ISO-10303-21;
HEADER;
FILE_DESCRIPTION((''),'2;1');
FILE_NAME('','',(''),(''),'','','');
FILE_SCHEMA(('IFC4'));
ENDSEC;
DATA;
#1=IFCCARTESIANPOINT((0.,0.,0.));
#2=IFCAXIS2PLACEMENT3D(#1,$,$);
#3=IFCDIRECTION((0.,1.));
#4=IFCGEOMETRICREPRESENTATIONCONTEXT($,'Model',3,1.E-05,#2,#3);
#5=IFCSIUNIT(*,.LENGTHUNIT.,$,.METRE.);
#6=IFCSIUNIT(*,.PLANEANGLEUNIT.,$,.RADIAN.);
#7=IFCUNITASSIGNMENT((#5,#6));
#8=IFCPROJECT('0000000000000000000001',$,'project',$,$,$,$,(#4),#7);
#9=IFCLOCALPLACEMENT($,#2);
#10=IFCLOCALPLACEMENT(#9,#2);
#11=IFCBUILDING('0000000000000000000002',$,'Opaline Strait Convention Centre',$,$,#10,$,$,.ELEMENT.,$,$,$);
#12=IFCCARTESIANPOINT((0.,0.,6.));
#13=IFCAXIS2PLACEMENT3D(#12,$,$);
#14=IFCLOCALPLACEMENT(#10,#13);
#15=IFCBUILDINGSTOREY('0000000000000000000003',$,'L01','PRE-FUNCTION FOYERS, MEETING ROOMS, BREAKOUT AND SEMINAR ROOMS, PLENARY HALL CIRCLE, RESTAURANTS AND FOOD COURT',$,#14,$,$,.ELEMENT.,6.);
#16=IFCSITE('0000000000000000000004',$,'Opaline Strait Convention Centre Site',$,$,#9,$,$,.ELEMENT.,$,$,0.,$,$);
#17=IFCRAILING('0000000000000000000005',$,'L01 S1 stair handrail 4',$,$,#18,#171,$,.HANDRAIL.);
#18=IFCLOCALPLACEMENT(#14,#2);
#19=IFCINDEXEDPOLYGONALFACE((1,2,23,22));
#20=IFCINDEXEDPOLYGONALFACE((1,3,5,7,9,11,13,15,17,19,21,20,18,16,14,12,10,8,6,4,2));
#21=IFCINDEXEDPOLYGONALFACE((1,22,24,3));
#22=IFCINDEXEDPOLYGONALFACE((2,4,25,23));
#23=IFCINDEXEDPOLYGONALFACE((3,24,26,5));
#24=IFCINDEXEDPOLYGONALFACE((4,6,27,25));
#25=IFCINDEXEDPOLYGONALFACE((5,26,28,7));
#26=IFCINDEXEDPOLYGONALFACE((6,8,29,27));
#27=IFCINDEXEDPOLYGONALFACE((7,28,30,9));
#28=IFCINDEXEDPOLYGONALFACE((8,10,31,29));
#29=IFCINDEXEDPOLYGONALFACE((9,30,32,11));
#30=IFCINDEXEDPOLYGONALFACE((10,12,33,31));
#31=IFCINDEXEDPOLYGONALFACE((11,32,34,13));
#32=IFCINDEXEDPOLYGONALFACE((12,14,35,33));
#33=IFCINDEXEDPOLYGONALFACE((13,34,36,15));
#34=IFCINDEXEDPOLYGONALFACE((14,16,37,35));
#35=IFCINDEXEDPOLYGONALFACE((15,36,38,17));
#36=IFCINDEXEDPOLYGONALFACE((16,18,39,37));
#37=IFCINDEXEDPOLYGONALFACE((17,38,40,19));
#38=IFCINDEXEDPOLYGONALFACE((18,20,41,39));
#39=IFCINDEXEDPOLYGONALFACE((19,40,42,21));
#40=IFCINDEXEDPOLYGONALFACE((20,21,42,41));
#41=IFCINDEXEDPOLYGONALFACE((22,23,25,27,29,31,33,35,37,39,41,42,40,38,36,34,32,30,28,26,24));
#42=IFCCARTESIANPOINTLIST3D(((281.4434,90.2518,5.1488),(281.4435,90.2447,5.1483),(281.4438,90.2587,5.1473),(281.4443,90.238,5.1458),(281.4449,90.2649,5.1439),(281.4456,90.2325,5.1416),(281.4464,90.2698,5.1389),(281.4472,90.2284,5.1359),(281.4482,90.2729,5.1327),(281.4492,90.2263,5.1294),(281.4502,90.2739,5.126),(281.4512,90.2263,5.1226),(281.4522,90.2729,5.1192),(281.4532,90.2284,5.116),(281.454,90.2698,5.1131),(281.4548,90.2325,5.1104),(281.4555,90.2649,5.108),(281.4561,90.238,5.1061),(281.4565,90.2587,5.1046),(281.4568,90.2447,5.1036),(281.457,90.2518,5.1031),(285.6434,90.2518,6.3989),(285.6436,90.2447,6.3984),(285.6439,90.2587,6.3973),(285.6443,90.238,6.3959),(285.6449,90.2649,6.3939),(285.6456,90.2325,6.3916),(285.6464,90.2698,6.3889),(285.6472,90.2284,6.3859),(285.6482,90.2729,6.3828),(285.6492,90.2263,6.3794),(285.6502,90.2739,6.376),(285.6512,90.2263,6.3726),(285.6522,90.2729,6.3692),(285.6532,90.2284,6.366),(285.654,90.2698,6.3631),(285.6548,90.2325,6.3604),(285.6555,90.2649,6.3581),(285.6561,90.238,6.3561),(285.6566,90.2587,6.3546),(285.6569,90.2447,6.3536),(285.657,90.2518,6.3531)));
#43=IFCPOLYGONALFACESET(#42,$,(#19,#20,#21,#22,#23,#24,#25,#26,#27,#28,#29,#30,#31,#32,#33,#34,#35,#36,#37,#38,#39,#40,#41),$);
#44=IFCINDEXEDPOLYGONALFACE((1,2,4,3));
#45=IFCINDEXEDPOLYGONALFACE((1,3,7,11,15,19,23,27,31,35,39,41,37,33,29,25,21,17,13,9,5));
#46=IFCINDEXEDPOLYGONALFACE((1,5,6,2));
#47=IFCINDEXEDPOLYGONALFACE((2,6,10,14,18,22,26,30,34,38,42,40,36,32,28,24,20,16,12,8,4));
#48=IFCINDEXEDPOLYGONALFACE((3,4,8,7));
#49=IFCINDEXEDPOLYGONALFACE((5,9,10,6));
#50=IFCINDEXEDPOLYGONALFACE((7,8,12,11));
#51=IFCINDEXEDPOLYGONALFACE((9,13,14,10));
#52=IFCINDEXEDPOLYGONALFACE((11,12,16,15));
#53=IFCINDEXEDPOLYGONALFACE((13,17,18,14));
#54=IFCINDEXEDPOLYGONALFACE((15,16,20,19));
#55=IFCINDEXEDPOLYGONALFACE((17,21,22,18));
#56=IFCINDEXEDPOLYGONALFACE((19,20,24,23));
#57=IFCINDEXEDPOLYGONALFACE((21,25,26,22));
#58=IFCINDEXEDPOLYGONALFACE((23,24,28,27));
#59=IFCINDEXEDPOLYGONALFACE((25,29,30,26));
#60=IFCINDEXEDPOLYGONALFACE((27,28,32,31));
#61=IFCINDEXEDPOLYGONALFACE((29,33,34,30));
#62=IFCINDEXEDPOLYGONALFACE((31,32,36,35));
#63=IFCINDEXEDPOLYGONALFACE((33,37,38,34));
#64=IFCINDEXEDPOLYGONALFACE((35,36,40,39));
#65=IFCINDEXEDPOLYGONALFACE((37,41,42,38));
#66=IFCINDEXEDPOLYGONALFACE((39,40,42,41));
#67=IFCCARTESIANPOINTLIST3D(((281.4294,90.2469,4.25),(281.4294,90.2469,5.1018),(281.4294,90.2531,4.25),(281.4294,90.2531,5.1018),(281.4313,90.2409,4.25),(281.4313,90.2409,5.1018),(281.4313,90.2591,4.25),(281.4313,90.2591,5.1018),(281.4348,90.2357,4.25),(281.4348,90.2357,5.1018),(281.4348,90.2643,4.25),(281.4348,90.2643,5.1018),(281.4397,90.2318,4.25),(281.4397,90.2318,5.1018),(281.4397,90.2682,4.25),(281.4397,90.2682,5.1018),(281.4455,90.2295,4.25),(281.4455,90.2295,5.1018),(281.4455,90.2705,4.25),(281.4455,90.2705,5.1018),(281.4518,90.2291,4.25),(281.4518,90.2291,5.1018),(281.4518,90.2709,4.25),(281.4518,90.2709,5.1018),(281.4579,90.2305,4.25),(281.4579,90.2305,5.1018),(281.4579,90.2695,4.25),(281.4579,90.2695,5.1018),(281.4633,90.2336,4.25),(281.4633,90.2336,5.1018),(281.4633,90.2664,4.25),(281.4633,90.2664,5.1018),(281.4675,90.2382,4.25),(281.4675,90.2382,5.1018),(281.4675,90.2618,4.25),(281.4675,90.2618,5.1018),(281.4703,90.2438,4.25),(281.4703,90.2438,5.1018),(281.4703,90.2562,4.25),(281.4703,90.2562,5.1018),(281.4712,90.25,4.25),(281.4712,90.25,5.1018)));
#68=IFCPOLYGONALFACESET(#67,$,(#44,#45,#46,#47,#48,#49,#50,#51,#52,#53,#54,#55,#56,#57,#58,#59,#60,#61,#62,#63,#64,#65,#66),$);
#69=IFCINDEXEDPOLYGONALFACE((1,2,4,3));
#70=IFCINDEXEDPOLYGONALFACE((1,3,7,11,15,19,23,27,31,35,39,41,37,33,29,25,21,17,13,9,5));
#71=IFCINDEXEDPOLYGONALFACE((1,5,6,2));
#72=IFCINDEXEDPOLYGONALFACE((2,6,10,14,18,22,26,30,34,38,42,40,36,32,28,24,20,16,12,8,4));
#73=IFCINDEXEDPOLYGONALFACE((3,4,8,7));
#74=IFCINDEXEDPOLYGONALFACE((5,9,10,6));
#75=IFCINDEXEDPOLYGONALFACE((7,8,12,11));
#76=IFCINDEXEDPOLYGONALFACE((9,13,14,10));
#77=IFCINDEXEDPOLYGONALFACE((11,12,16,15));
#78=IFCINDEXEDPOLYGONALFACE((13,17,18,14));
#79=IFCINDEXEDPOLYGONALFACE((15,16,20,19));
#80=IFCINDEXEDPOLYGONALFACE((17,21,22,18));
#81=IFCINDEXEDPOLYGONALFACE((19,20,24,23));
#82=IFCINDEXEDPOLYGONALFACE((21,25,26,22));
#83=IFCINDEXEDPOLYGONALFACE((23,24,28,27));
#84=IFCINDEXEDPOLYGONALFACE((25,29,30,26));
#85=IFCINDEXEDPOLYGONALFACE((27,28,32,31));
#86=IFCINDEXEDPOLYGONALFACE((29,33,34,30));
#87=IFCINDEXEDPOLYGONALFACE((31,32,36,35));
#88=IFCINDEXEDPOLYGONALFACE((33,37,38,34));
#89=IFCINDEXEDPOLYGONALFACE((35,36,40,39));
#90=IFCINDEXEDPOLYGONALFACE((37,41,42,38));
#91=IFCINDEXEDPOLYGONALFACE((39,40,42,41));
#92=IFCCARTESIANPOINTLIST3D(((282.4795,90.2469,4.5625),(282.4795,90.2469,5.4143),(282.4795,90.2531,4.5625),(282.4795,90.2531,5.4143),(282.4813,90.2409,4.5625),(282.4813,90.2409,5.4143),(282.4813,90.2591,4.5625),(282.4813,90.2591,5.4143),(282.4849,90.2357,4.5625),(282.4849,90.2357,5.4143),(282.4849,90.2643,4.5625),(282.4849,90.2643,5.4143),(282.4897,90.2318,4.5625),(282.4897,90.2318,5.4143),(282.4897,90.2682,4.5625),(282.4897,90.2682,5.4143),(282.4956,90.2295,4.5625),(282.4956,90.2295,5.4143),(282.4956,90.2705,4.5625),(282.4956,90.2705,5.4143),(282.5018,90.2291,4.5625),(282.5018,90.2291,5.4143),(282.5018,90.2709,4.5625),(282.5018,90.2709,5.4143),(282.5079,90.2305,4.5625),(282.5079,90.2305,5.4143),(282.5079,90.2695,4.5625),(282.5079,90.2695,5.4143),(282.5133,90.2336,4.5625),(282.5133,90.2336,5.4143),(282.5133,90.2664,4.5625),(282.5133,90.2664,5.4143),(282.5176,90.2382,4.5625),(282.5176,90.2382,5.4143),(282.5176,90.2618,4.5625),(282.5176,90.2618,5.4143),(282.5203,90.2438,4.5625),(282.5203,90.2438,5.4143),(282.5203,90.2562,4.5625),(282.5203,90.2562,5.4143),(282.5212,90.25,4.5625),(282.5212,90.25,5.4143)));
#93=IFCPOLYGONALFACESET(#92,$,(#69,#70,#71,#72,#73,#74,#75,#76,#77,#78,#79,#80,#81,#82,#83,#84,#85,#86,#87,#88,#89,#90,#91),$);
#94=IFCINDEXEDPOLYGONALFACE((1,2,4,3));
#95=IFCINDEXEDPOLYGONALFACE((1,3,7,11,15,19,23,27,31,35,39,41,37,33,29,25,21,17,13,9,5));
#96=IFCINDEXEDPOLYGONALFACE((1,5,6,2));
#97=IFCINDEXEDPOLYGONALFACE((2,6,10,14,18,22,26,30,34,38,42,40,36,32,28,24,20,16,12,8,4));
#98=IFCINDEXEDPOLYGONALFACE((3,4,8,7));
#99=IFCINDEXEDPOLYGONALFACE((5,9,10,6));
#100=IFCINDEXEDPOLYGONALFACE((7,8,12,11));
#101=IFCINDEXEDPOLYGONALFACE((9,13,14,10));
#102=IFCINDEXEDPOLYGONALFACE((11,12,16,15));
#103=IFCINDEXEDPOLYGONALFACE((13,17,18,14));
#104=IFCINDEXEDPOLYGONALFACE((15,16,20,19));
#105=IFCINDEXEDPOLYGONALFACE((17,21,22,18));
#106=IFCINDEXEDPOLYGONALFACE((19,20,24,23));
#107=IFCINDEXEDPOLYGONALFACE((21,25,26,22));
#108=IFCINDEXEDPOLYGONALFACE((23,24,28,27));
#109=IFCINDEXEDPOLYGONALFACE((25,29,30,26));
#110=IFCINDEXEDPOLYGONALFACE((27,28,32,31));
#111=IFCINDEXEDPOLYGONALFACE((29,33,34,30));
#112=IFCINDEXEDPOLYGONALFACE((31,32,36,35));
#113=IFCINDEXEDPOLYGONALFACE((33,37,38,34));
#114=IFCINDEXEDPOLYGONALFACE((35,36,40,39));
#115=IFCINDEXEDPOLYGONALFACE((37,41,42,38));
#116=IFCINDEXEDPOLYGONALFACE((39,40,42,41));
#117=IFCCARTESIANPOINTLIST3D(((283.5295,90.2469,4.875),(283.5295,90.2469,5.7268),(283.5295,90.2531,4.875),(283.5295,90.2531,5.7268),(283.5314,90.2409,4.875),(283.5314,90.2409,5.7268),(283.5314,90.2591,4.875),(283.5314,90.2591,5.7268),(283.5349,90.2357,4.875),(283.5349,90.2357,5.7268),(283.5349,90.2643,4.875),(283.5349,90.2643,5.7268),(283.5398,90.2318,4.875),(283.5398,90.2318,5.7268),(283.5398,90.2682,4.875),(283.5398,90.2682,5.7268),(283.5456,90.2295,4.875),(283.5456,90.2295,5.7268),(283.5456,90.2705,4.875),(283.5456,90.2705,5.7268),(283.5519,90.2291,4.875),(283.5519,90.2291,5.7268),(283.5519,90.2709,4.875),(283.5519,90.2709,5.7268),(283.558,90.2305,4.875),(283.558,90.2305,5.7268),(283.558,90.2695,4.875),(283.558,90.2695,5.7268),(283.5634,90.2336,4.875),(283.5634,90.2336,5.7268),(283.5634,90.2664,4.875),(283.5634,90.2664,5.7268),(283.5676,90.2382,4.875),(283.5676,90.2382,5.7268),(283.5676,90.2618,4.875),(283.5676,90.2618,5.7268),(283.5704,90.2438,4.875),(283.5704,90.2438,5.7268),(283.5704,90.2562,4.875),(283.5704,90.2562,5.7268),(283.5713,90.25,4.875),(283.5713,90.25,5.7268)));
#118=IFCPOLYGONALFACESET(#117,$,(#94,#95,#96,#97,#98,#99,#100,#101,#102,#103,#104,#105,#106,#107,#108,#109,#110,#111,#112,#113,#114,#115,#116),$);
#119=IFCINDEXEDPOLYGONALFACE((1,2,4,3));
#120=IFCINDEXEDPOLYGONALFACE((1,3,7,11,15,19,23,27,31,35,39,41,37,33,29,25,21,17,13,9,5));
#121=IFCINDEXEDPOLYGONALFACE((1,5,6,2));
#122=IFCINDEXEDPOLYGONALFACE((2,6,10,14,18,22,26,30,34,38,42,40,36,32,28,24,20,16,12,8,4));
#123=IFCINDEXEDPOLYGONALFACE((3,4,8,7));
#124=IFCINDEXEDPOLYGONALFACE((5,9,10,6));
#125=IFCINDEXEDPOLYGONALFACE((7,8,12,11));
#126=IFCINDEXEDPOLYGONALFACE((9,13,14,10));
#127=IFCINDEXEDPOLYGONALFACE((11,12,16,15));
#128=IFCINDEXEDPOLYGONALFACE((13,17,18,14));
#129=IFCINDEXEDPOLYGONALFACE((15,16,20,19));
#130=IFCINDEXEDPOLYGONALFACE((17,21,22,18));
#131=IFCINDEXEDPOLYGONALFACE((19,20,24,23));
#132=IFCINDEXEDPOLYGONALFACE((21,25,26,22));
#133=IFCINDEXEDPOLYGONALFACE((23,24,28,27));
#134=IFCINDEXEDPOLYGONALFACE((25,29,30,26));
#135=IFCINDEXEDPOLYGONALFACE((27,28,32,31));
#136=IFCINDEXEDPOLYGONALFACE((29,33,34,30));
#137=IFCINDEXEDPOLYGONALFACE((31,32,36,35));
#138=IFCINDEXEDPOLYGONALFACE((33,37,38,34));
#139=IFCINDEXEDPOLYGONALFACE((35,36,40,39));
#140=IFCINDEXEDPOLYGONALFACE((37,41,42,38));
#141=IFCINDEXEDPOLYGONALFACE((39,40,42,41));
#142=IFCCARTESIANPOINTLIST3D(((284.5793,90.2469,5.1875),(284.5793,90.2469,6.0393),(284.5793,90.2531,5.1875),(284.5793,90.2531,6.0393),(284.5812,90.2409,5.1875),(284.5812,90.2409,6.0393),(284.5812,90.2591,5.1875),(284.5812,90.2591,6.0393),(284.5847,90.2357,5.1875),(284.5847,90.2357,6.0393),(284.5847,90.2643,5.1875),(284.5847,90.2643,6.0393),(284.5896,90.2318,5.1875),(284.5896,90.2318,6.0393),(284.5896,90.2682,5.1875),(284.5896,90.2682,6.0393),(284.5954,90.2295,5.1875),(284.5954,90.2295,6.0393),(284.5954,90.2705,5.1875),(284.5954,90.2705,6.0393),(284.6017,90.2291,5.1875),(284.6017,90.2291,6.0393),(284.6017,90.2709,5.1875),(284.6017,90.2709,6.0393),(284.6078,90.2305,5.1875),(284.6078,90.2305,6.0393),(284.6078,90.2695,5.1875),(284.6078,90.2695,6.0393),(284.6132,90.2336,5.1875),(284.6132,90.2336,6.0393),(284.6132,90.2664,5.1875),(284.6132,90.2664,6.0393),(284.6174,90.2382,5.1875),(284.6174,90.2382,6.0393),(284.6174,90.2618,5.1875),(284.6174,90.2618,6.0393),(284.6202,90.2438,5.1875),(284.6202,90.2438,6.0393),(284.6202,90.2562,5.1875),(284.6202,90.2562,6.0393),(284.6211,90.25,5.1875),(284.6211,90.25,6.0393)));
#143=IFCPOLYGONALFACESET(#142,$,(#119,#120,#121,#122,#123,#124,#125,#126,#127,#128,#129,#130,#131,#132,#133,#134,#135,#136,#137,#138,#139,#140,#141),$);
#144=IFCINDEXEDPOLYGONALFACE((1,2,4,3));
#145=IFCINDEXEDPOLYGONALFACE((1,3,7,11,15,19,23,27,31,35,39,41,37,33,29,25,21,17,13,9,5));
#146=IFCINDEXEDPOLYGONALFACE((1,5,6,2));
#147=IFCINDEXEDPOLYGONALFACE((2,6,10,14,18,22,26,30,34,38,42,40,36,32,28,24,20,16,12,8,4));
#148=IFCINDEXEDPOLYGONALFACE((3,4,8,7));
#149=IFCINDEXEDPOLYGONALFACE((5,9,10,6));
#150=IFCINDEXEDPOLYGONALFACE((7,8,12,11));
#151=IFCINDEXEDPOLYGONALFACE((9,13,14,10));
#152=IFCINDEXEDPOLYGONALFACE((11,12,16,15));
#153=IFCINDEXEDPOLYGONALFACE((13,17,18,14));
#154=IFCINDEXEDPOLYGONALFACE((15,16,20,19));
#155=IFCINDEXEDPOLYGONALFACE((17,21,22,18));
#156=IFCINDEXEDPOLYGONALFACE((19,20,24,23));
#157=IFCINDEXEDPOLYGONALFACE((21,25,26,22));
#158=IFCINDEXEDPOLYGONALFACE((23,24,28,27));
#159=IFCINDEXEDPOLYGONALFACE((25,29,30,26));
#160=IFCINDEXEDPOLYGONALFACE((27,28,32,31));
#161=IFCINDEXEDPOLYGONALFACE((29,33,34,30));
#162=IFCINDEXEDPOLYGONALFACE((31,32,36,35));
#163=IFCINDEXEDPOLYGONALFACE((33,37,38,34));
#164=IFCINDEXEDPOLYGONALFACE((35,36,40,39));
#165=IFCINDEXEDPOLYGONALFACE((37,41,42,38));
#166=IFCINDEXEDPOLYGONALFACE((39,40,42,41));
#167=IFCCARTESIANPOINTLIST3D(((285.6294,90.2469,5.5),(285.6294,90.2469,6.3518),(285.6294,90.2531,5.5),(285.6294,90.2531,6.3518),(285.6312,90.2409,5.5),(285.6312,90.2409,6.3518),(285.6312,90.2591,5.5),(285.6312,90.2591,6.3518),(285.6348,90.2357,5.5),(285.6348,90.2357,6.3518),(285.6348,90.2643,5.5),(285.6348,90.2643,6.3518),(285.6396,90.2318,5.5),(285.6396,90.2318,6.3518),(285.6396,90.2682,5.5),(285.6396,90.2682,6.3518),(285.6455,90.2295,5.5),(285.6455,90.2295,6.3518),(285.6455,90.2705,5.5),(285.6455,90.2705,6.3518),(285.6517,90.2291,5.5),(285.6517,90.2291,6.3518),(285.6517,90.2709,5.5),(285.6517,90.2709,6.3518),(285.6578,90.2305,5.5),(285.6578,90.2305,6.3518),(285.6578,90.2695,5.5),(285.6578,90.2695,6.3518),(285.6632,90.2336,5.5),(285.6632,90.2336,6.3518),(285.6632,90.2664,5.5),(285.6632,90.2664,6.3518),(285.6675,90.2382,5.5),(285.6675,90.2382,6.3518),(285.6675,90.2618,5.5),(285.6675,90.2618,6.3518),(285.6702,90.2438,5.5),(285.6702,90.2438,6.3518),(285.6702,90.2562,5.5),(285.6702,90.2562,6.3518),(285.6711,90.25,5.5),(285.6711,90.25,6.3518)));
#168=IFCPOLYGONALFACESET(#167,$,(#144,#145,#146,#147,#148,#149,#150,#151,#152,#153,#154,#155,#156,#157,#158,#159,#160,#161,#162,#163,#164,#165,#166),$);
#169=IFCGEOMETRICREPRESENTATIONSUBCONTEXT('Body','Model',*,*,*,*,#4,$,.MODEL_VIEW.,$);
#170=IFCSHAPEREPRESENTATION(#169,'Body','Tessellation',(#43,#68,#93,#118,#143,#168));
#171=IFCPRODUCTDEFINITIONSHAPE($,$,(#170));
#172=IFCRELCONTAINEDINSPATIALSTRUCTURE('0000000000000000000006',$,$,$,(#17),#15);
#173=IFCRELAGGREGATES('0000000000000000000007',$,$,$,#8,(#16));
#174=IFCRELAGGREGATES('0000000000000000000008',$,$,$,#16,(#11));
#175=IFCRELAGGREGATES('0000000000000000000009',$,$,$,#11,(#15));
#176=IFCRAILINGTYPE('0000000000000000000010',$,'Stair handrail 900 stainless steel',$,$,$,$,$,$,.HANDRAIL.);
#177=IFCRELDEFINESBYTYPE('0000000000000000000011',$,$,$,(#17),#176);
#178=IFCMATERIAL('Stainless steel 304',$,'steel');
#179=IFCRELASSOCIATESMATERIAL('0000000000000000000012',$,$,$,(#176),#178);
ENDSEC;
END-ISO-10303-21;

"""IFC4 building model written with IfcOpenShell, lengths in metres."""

from ifc_helpers import new_model, si_unit, direction, frame, origin, origin_2d, place, context, subcontext, project, spatial, circle, extrude, material, type_object, element, save


model = new_model("IFC4")

# Units and contexts
model_context = context("Model", 3, precision=1e-05, world=origin(), true_north=direction((0.0, 1.0)))
body_context = subcontext(model_context, "Body", "Model", "MODEL_VIEW")
ifc_project = project(units=[si_unit("LENGTHUNIT", "METRE"), si_unit("PLANEANGLEUNIT", "RADIAN")], contexts=[model_context])

# Site, building, storey
site_placement = place(None, origin())
site = spatial("IfcSite", under=ifc_project, at=site_placement, Name="Opaline Strait Convention Centre Site", CompositionType="ELEMENT", RefElevation=0.0)
building_placement = place(site_placement, origin())
building = spatial("IfcBuilding", under=site, at=building_placement, Name="Opaline Strait Convention Centre", CompositionType="ELEMENT")
storey_placement = place(building_placement, frame((0.0, 0.0, 6.0)))
storey = spatial("IfcBuildingStorey", under=building, at=storey_placement, Name="L01", Description="PRE-FUNCTION FOYERS, MEETING ROOMS, BREAKOUT AND SEMINAR ROOMS, PLENARY HALL CIRCLE, RESTAURANTS AND FOOD COURT", CompositionType="ELEMENT", Elevation=6.0)

# Railing
ifc_material_1 = material(Name="Stainless steel 304", Category="steel")
railing_type_1 = type_object("IfcRailingType", Name="Stair handrail 900 stainless steel", PredefinedType="HANDRAIL", material=ifc_material_1)
for number, where, name in (
    (1, (281.4502, 90.25, 4.25), "L01 S1 stair handrail 4"),
):
    element("IfcRailing", number, at=place(storey_placement, frame(where)), inside=storey, type_object=railing_type_1, Name=name, PredefinedType="HANDRAIL", context=body_context, shape_type="SweptSolid", body=[
        extrude(circle(Radius=0.0239, at=origin_2d()), frame((0.0, 0.0, 0.876), z_axis=(0.958451, 0.0, 0.285257), x_axis=(0.0, 1.0, 0.0)), (0.0, 0.0, 1.0), 4.3821),
        extrude(circle(Radius=0.021, at=origin_2d()), origin(), (0.0, 0.0, 1.0), 0.8518),
        extrude(circle(Radius=0.021, at=origin_2d()), frame((1.05, 0.0, 0.3125)), (0.0, 0.0, 1.0), 0.8518),
        extrude(circle(Radius=0.021, at=origin_2d()), frame((2.1001, 0.0, 0.625)), (0.0, 0.0, 1.0), 0.8518),
        extrude(circle(Radius=0.021, at=origin_2d()), frame((3.1499, 0.0, 0.9375)), (0.0, 0.0, 1.0), 0.8518),
        extrude(circle(Radius=0.021, at=origin_2d()), frame((4.2, 0.0, 1.25)), (0.0, 0.0, 1.0), 0.8518),
    ])

save(model, "model.ifc")
